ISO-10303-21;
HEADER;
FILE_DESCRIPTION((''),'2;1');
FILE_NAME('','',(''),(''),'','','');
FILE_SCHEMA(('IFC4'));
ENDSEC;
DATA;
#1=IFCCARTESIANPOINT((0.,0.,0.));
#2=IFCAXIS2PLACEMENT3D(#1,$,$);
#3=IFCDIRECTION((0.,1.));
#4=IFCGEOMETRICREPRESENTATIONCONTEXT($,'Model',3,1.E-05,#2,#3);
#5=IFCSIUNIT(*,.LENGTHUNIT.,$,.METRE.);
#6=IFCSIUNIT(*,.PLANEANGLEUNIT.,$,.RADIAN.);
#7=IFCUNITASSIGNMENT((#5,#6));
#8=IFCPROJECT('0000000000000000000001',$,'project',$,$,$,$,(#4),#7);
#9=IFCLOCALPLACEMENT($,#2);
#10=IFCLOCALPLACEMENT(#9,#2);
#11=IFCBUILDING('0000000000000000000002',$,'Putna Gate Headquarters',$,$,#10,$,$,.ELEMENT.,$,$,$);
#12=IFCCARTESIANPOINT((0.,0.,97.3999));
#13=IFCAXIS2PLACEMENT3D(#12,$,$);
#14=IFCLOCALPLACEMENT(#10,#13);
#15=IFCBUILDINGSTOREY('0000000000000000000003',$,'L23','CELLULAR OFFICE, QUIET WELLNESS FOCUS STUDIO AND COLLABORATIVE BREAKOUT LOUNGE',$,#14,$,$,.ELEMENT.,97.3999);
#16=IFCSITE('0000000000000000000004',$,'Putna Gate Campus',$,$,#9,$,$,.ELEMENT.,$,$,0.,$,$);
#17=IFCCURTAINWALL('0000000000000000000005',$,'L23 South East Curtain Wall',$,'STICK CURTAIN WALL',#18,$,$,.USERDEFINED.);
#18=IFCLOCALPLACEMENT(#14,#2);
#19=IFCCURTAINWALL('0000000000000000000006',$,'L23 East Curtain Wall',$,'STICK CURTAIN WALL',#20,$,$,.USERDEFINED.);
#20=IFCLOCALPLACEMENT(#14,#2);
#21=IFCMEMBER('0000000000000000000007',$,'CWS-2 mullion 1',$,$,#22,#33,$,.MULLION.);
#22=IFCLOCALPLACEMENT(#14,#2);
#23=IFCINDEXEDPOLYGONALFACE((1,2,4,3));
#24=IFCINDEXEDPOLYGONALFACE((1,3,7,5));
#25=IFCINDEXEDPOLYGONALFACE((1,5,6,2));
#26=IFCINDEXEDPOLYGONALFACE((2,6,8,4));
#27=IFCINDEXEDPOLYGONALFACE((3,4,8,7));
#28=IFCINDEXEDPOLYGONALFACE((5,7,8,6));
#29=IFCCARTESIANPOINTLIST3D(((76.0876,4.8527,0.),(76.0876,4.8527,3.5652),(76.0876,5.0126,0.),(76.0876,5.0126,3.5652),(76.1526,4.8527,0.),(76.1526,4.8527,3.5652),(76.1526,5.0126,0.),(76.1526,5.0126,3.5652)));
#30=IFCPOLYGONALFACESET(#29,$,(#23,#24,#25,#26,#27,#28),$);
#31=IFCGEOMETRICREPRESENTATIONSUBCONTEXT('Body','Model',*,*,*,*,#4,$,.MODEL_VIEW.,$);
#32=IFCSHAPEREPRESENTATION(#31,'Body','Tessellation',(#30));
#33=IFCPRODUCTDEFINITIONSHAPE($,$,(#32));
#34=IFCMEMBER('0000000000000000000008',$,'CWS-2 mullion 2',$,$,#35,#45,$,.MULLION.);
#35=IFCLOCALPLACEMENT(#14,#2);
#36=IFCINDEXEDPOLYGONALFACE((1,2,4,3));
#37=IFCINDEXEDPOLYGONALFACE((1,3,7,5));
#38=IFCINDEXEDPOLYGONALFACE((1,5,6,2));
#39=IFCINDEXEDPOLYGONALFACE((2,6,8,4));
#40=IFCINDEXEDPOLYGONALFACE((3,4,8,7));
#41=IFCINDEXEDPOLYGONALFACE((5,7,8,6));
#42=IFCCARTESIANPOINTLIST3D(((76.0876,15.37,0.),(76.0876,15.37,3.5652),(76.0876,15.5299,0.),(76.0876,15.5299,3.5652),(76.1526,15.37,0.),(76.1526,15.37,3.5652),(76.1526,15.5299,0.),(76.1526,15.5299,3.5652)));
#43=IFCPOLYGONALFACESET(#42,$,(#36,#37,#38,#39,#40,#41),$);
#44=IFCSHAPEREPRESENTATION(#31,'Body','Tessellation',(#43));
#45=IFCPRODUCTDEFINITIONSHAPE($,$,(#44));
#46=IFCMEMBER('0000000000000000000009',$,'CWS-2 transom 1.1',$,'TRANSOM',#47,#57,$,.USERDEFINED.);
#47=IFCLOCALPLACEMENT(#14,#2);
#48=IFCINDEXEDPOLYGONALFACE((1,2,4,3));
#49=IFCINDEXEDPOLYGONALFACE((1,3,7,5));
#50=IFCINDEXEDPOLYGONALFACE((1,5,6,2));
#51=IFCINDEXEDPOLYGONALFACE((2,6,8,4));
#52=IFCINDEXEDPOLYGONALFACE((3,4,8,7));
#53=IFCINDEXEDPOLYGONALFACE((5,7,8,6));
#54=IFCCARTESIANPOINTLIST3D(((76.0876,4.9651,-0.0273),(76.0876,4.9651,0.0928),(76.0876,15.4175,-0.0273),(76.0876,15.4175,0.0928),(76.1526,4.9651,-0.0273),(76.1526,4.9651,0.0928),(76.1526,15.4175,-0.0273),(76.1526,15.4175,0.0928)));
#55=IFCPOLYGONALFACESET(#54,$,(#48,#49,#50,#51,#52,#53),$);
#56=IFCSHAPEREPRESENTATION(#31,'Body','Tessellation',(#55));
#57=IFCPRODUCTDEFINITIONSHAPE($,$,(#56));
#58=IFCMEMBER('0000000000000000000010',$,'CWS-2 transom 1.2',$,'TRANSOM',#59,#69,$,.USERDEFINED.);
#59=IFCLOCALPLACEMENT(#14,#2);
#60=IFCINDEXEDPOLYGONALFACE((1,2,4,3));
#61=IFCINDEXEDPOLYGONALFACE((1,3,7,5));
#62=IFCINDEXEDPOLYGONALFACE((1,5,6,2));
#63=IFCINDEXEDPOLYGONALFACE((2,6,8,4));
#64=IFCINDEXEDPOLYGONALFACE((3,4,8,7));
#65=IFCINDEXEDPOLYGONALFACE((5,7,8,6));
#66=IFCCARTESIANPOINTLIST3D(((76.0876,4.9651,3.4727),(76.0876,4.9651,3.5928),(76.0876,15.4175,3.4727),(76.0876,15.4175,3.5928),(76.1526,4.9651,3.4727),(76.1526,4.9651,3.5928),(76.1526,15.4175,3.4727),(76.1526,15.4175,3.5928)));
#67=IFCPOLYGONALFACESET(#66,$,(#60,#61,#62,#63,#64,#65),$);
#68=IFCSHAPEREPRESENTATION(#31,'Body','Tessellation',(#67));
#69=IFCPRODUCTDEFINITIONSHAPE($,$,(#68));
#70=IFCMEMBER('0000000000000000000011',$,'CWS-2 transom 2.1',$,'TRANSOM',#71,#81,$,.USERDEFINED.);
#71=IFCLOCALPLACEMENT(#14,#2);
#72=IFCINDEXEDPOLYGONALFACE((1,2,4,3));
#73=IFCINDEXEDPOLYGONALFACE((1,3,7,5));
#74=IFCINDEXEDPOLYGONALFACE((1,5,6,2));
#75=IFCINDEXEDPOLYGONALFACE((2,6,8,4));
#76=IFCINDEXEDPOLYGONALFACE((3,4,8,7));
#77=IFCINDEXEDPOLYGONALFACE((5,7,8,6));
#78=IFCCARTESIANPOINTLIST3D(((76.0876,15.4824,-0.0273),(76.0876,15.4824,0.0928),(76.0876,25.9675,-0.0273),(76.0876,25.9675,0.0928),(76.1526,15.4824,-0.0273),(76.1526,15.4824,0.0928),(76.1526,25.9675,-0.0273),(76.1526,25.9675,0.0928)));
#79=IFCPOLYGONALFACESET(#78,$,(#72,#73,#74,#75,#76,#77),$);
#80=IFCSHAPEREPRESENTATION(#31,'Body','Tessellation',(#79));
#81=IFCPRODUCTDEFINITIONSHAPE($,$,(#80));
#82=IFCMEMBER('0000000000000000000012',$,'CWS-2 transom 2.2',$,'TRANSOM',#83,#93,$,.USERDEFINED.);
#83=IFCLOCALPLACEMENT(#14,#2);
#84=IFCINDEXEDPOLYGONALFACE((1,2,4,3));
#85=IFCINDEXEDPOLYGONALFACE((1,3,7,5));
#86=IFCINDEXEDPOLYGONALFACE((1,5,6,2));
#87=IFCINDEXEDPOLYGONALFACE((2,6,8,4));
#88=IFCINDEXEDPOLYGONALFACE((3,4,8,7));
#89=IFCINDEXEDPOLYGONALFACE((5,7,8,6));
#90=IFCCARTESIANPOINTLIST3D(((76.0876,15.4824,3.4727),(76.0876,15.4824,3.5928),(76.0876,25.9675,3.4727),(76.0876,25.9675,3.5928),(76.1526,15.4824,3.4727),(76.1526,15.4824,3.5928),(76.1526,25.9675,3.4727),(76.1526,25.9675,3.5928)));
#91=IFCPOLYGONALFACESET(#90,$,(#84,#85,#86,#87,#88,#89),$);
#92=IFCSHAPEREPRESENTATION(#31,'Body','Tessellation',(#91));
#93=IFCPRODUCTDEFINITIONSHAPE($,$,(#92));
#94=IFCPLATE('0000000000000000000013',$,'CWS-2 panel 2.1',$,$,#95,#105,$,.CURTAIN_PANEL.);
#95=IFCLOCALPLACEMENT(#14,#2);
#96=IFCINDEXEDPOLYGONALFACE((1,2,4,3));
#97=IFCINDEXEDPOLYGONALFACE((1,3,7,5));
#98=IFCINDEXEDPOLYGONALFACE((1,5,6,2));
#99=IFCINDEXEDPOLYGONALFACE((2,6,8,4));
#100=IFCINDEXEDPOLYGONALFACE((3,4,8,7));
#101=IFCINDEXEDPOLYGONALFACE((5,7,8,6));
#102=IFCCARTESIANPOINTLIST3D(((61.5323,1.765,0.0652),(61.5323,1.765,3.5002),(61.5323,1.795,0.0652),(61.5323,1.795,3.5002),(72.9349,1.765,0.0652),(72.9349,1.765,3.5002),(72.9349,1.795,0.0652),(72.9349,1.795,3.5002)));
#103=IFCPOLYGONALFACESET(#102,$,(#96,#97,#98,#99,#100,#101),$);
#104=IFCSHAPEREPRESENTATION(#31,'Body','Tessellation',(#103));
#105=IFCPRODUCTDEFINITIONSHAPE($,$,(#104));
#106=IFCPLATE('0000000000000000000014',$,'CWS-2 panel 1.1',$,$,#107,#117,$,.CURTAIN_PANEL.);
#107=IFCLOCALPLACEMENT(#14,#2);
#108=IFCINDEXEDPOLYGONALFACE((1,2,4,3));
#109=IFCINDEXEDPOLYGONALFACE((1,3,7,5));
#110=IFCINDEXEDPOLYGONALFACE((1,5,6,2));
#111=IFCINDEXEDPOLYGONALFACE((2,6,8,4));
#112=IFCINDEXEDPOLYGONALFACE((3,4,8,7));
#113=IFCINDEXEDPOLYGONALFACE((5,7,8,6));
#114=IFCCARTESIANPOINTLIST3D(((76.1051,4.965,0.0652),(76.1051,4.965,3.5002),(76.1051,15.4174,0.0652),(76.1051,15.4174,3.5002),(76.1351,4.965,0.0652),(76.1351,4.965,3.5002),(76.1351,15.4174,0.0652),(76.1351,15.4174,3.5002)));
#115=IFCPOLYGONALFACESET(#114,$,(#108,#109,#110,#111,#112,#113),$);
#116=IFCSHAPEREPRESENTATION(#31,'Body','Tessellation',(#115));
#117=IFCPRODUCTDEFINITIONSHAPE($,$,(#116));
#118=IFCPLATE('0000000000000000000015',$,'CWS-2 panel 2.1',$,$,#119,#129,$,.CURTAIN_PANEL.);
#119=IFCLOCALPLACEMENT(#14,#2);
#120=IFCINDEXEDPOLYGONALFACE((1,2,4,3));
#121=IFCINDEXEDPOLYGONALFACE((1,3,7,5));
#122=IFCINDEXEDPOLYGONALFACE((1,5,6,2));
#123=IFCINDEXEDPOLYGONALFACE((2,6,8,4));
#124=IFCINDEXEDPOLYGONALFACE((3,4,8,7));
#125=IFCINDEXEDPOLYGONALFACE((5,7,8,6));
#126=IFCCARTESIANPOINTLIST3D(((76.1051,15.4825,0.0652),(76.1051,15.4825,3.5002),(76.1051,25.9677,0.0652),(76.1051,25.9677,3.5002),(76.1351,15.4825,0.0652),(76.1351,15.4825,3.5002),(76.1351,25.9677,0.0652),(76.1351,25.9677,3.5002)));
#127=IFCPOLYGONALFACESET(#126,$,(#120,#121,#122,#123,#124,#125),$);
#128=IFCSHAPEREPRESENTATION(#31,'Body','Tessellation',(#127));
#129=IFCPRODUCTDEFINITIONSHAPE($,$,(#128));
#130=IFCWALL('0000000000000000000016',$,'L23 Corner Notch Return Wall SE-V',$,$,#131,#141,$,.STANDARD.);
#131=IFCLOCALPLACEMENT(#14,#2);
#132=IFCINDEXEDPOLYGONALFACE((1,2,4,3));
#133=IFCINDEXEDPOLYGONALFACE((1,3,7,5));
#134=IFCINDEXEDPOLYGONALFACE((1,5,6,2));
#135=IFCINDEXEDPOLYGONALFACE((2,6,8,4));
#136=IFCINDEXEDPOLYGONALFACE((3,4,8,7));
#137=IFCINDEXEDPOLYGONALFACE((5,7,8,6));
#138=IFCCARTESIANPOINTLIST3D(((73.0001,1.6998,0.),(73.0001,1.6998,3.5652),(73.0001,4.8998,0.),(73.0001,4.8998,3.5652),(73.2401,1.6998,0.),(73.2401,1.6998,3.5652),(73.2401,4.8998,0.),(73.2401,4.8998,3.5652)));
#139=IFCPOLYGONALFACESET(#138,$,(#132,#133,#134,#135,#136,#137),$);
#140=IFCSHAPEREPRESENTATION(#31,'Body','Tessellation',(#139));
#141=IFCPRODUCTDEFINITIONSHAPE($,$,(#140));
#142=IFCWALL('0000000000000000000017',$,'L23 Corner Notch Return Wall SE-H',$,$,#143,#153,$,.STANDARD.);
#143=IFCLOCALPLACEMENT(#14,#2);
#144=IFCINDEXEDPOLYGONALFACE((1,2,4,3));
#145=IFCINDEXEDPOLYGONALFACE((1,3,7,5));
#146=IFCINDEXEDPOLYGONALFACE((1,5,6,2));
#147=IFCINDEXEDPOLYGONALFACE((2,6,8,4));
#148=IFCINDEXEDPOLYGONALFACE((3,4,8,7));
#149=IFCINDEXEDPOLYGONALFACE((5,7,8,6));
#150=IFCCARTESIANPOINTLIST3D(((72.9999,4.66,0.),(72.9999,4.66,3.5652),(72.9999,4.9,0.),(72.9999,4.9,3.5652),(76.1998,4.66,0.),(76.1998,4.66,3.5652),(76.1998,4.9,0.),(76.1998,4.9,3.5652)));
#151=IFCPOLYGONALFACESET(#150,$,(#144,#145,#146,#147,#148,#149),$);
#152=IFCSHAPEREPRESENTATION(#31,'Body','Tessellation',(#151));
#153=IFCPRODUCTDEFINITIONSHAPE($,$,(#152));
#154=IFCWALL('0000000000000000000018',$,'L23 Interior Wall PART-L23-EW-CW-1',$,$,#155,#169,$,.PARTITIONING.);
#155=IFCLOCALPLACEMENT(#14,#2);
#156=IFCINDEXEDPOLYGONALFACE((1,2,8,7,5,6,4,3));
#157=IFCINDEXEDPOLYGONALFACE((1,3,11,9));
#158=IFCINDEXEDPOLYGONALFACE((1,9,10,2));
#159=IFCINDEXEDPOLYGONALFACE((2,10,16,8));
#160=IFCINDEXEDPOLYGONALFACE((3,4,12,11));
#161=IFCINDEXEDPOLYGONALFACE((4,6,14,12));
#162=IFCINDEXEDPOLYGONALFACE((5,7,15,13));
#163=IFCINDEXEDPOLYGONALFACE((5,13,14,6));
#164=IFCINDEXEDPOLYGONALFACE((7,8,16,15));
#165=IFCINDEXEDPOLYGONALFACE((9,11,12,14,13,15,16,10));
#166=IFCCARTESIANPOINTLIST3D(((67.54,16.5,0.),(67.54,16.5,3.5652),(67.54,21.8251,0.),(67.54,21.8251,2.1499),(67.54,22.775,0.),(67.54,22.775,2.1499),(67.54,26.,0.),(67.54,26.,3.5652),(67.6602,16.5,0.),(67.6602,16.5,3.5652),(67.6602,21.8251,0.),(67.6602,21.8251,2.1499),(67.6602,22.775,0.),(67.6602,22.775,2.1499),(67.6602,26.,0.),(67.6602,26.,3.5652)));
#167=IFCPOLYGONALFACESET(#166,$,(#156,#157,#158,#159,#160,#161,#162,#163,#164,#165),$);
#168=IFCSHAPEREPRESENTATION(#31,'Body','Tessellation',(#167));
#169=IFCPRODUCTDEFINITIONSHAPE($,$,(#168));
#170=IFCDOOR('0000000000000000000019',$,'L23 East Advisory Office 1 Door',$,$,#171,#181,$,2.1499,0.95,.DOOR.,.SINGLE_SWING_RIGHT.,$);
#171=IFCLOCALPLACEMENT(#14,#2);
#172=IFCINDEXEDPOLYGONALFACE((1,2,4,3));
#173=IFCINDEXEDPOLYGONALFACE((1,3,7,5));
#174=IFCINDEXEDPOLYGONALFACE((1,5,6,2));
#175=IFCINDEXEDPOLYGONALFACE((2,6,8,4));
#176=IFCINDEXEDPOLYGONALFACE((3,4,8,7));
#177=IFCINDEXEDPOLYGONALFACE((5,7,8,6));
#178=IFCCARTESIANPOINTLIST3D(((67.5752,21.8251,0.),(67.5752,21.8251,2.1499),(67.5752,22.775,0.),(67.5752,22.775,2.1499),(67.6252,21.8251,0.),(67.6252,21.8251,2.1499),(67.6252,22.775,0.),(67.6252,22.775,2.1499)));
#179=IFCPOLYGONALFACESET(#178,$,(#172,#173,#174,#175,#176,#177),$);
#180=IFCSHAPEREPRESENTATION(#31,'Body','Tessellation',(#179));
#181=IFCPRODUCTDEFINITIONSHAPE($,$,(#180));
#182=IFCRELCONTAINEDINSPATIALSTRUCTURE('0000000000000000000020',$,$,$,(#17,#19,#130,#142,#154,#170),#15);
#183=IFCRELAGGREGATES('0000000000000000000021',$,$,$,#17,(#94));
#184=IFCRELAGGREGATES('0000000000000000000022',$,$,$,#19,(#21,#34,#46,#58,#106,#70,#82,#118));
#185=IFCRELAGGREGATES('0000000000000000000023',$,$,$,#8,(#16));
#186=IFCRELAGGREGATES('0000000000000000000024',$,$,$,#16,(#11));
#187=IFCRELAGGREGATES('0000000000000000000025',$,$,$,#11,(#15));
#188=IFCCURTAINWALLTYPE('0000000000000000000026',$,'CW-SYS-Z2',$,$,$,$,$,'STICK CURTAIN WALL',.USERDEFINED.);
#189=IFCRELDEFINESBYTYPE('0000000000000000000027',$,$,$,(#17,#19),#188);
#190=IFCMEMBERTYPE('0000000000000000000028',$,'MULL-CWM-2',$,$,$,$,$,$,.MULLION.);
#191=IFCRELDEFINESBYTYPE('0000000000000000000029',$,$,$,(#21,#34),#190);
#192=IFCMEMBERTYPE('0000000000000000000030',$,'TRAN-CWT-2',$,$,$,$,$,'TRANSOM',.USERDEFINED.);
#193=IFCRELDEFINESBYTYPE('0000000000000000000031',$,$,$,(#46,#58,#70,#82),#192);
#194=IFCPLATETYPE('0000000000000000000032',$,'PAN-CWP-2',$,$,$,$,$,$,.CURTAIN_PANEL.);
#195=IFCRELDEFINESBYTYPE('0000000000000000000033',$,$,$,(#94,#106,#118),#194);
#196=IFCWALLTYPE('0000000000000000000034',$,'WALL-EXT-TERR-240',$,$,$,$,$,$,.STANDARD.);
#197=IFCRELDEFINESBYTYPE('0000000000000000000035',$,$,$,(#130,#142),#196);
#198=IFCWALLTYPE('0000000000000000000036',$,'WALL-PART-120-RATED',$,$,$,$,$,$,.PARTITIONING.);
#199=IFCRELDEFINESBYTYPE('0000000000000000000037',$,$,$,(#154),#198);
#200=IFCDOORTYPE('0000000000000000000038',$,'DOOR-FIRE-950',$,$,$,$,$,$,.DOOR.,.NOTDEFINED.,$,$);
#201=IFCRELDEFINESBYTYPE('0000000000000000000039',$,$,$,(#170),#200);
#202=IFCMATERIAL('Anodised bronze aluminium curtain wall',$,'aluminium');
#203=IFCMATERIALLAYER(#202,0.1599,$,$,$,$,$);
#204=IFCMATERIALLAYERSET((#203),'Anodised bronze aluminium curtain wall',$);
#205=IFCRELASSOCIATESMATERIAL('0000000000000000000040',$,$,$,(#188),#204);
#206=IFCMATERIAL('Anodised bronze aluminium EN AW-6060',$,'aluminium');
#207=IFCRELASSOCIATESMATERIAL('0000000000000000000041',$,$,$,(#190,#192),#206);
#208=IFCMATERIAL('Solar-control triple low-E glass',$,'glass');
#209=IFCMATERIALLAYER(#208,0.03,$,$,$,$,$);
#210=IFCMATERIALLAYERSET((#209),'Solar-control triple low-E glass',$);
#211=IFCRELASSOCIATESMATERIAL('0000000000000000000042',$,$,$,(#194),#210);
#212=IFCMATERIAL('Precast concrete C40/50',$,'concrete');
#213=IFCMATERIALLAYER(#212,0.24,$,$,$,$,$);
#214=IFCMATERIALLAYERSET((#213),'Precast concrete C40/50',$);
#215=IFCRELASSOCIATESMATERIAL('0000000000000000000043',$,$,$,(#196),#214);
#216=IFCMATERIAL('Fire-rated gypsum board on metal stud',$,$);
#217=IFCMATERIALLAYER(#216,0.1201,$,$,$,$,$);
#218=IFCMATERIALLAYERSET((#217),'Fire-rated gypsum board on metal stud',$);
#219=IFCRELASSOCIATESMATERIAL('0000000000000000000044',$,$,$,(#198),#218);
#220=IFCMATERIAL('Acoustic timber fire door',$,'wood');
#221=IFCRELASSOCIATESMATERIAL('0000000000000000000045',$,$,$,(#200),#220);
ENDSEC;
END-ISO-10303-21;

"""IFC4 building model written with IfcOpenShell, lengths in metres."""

from ifc_helpers import new_model, si_unit, direction, frame, frame_2d, origin, origin_2d, place, context, subcontext, project, spatial, rectangle, extrude, material, layer, layer_set, material_profile, profile_set, type_object, element, fill, aggregate, save


model = new_model("IFC4")

# Units and contexts
model_context = context("Model", 3, precision=1e-05, world=origin(), true_north=direction((0.0, 1.0)))
body_context = subcontext(model_context, "Body", "Model", "MODEL_VIEW")
ifc_project = project(units=[si_unit("LENGTHUNIT", "METRE"), si_unit("PLANEANGLEUNIT", "RADIAN")], contexts=[model_context])

# Site, building, storey
site_placement = place(None, origin())
site = spatial("IfcSite", under=ifc_project, at=site_placement, Name="Putna Gate Campus", CompositionType="ELEMENT", RefElevation=0.0)
building_placement = place(site_placement, origin())
building = spatial("IfcBuilding", under=site, at=building_placement, Name="Putna Gate Headquarters", CompositionType="ELEMENT")
storey_placement = place(building_placement, frame((0.0, 0.0, 97.3999)))
storey = spatial("IfcBuildingStorey", under=building, at=storey_placement, Name="L23", Description="CELLULAR OFFICE, QUIET WELLNESS FOCUS STUDIO AND COLLABORATIVE BREAKOUT LOUNGE", CompositionType="ELEMENT", Elevation=97.3999)

# Curtain wall
ifc_material_1 = material(Name="Anodised bronze aluminium curtain wall", Category="aluminium")
ifc_layer_1 = layer(ifc_material_1, 0.1599)
ifc_layer_set_1 = layer_set([ifc_layer_1], Name="Anodised bronze aluminium curtain wall")
curtain_wall_type = type_object("IfcCurtainWallType", Name="CW-SYS-Z2", ElementType="STICK CURTAIN WALL", PredefinedType="USERDEFINED", material=ifc_layer_set_1)
curtain_wall_1_placement = place(storey_placement, origin())
curtain_wall_1 = element("IfcCurtainWall", 1, at=curtain_wall_1_placement, inside=storey, type_object=curtain_wall_type, Name="L23 South East Curtain Wall", ObjectType="STICK CURTAIN WALL", PredefinedType="USERDEFINED")
ifc_material_2 = material(Name="Anodised bronze aluminium EN AW-6060", Category="aluminium")
ifc_material_profile_1 = material_profile(ifc_material_2, rectangle(XDim=0.0649, YDim=0.1599, at=origin_2d()), Name="Anodised bronze aluminium EN AW-6060")
ifc_profile_set_1 = profile_set([ifc_material_profile_1], Name="Anodised bronze aluminium EN AW-6060")
member_type_1 = type_object("IfcMemberType", Name="MULL-CWM-2", PredefinedType="MULLION", material=ifc_profile_set_1)

# Curtain wall, members
curtain_wall_2_placement = place(storey_placement, origin())
curtain_wall_2 = element("IfcCurtainWall", 2, at=curtain_wall_2_placement, inside=storey, type_object=curtain_wall_type, Name="L23 East Curtain Wall", ObjectType="STICK CURTAIN WALL", PredefinedType="USERDEFINED")
member_1_placement = place(storey_placement, frame((76.1201, 4.9326, 0.0), z_axis=(0.0, 0.0, 1.0), x_axis=(-1.0, 0.0, 0.0)))
member_1 = element("IfcMember", 3, at=member_1_placement, type_object=member_type_1, Name="CWS-2 mullion 1", PredefinedType="MULLION", context=body_context, shape_type="SweptSolid", body=[
    extrude(rectangle(XDim=0.0649, YDim=0.1599, at=origin_2d()), origin(), (0.0, 0.0, 1.0), 3.5652),
])
member_2_placement = place(storey_placement, frame((76.1201, 15.45, 0.0), z_axis=(0.0, 0.0, 1.0), x_axis=(-1.0, 0.0, 0.0)))
member_2 = element("IfcMember", 4, at=member_2_placement, type_object=member_type_1, Name="CWS-2 mullion 2", PredefinedType="MULLION", context=body_context, shape_type="SweptSolid", body=[
    extrude(rectangle(XDim=0.0649, YDim=0.1599, at=origin_2d()), origin(), (0.0, 0.0, 1.0), 3.5652),
])
ifc_material_profile_2 = material_profile(ifc_material_2, rectangle(XDim=0.0649, YDim=0.1201, at=origin_2d()), Name="Anodised bronze aluminium EN AW-6060")
ifc_profile_set_2 = profile_set([ifc_material_profile_2], Name="Anodised bronze aluminium EN AW-6060")
member_type_2 = type_object("IfcMemberType", Name="TRAN-CWT-2", ElementType="TRANSOM", PredefinedType="USERDEFINED", material=ifc_profile_set_2)
member_3_placement = place(storey_placement, frame((76.1201, 4.9651, 0.0327), z_axis=(0.0, 1.0, 0.0), x_axis=(-1.0, 0.0, 0.0)))
member_3 = element("IfcMember", 5, at=member_3_placement, type_object=member_type_2, Name="CWS-2 transom 1.1", ObjectType="TRANSOM", PredefinedType="USERDEFINED", context=body_context, shape_type="SweptSolid", body=[
    extrude(rectangle(XDim=0.0649, YDim=0.1201, at=origin_2d()), origin(), (0.0, 0.0, 1.0), 10.4524),
])
member_4_placement = place(storey_placement, frame((76.1201, 4.9651, 3.5327), z_axis=(0.0, 1.0, 0.0), x_axis=(-1.0, 0.0, 0.0)))
member_4 = element("IfcMember", 6, at=member_4_placement, type_object=member_type_2, Name="CWS-2 transom 1.2", ObjectType="TRANSOM", PredefinedType="USERDEFINED", context=body_context, shape_type="SweptSolid", body=[
    extrude(rectangle(XDim=0.0649, YDim=0.1201, at=origin_2d()), origin(), (0.0, 0.0, 1.0), 10.4524),
])
member_5_placement = place(storey_placement, frame((76.1201, 15.4824, 0.0327), z_axis=(0.0, 1.0, 0.0), x_axis=(-1.0, 0.0, 0.0)))
member_5 = element("IfcMember", 7, at=member_5_placement, type_object=member_type_2, Name="CWS-2 transom 2.1", ObjectType="TRANSOM", PredefinedType="USERDEFINED", context=body_context, shape_type="SweptSolid", body=[
    extrude(rectangle(XDim=0.0649, YDim=0.1201, at=origin_2d()), origin(), (0.0, 0.0, 1.0), 10.4851),
])
member_6_placement = place(storey_placement, frame((76.1201, 15.4824, 3.5327), z_axis=(0.0, 1.0, 0.0), x_axis=(-1.0, 0.0, 0.0)))
member_6 = element("IfcMember", 8, at=member_6_placement, type_object=member_type_2, Name="CWS-2 transom 2.2", ObjectType="TRANSOM", PredefinedType="USERDEFINED", context=body_context, shape_type="SweptSolid", body=[
    extrude(rectangle(XDim=0.0649, YDim=0.1201, at=origin_2d()), origin(), (0.0, 0.0, 1.0), 10.4851),
])

# Plates
ifc_material_3 = material(Name="Solar-control triple low-E glass", Category="glass")
ifc_layer_2 = layer(ifc_material_3, 0.03)
ifc_layer_set_2 = layer_set([ifc_layer_2], Name="Solar-control triple low-E glass")
plate_type = type_object("IfcPlateType", Name="PAN-CWP-2", PredefinedType="CURTAIN_PANEL", material=ifc_layer_set_2)
plate_1_placement = place(storey_placement, frame((67.2336, 1.78, 0.0652), z_axis=(0.0, 0.0, 1.0), x_axis=(1.0, 0.0, 0.0)))
plate_1 = element("IfcPlate", 9, at=plate_1_placement, type_object=plate_type, Name="CWS-2 panel 2.1", PredefinedType="CURTAIN_PANEL", context=body_context, shape_type="SweptSolid", body=[
    extrude(rectangle(XDim=11.4026, YDim=0.03, at=origin_2d()), origin(), (0.0, 0.0, 1.0), 3.4351),
])
aggregate(curtain_wall_1, [plate_1])
plate_2_placement = place(storey_placement, frame((76.1201, 10.1912, 0.0652), z_axis=(0.0, 0.0, 1.0), x_axis=(0.0, 1.0, 0.0)))
plate_2 = element("IfcPlate", 10, at=plate_2_placement, type_object=plate_type, Name="CWS-2 panel 1.1", PredefinedType="CURTAIN_PANEL", context=body_context, shape_type="SweptSolid", body=[
    extrude(rectangle(XDim=10.4524, YDim=0.03, at=origin_2d()), origin(), (0.0, 0.0, 1.0), 3.4351),
])
plate_3_placement = place(storey_placement, frame((76.1201, 20.7251, 0.0652), z_axis=(0.0, 0.0, 1.0), x_axis=(0.0, 1.0, 0.0)))
plate_3 = element("IfcPlate", 11, at=plate_3_placement, type_object=plate_type, Name="CWS-2 panel 2.1", PredefinedType="CURTAIN_PANEL", context=body_context, shape_type="SweptSolid", body=[
    extrude(rectangle(XDim=10.4851, YDim=0.03, at=origin_2d()), origin(), (0.0, 0.0, 1.0), 3.4351),
])
aggregate(curtain_wall_2, [member_1, member_2, member_3, member_4, plate_2, member_5, member_6, plate_3])

# Walls
ifc_material_4 = material(Name="Precast concrete C40/50", Category="concrete")
ifc_layer_3 = layer(ifc_material_4, 0.24)
ifc_layer_set_3 = layer_set([ifc_layer_3], Name="Precast concrete C40/50")
wall_type_1 = type_object("IfcWallType", Name="WALL-EXT-TERR-240", PredefinedType="STANDARD", material=ifc_layer_set_3)
for number, where, z_axis, x_axis, name in (
    (12, (73.1201, 4.8999, 0.0), (0.0, 0.0, 1.0), (0.0, -1.0, 0.0), "L23 Corner Notch Return Wall SE-V"),
    (13, (76.2, 4.78, 0.0), (0.0, 0.0, 1.0), (-1.0, 0.0, 0.0), "L23 Corner Notch Return Wall SE-H"),
):
    element("IfcWall", number, at=place(storey_placement, frame(where, z_axis=z_axis, x_axis=x_axis)), inside=storey, type_object=wall_type_1, Name=name, PredefinedType="STANDARD", context=body_context, shape_type="SweptSolid", body=[
        extrude(rectangle(XDim=3.2, YDim=0.24, at=frame_2d((1.6001, 0.0))), origin(), (0.0, 0.0, 1.0), 3.5652),
    ])

# Wall, opening, door
ifc_material_5 = material(Name="Fire-rated gypsum board on metal stud")
ifc_layer_4 = layer(ifc_material_5, 0.1201)
ifc_layer_set_4 = layer_set([ifc_layer_4], Name="Fire-rated gypsum board on metal stud")
wall_type_2 = type_object("IfcWallType", Name="WALL-PART-120-RATED", PredefinedType="PARTITIONING", material=ifc_layer_set_4)
wall_placement = place(storey_placement, frame((67.6001, 16.5, 0.0), z_axis=(0.0, 0.0, 1.0), x_axis=(0.0, 1.0, 0.0)))
wall = element("IfcWall", 14, at=wall_placement, inside=storey, type_object=wall_type_2, Name="L23 Interior Wall PART-L23-EW-CW-1", PredefinedType="PARTITIONING", context=body_context, shape_type="SweptSolid", body=[
    extrude(rectangle(XDim=9.5, YDim=0.1201, at=frame_2d((4.75, 0.0))), origin(), (0.0, 0.0, 1.0), 3.5652),
])
opening_placement = place(wall_placement, frame((5.325, 0.0, 0.0)))
opening = element("IfcOpeningElement", 15, at=opening_placement, cuts=wall, PredefinedType="OPENING", context=body_context, shape_type="SweptSolid", body=[
    extrude(rectangle(XDim=0.95, YDim=2.1499, at=frame_2d((0.4751, 1.075))), frame((0.0, 0.0701, 0.0), z_axis=(0.0, -1.0, 0.0), x_axis=(1.0, 0.0, 0.0)), (0.0, 0.0, 1.0), 0.1401),
])
ifc_material_6 = material(Name="Acoustic timber fire door", Category="wood")
door_type = type_object("IfcDoorType", Name="DOOR-FIRE-950", OperationType="NOTDEFINED", PredefinedType="DOOR", material=ifc_material_6)
door_placement = place(opening_placement, origin())
door = element("IfcDoor", 16, at=door_placement, inside=storey, type_object=door_type, Name="L23 East Advisory Office 1 Door", OperationType="SINGLE_SWING_RIGHT", OverallHeight=2.1499, OverallWidth=0.95, PredefinedType="DOOR", context=body_context, shape_type="SweptSolid", body=[
    extrude(rectangle(XDim=0.95, YDim=2.1499, at=frame_2d((0.4751, 1.075))), frame((0.0, 0.0249, 0.0), z_axis=(0.0, -1.0, 0.0), x_axis=(1.0, 0.0, 0.0)), (0.0, 0.0, 1.0), 0.05),
])
fill(opening, door)

save(model, "model.ifc")
